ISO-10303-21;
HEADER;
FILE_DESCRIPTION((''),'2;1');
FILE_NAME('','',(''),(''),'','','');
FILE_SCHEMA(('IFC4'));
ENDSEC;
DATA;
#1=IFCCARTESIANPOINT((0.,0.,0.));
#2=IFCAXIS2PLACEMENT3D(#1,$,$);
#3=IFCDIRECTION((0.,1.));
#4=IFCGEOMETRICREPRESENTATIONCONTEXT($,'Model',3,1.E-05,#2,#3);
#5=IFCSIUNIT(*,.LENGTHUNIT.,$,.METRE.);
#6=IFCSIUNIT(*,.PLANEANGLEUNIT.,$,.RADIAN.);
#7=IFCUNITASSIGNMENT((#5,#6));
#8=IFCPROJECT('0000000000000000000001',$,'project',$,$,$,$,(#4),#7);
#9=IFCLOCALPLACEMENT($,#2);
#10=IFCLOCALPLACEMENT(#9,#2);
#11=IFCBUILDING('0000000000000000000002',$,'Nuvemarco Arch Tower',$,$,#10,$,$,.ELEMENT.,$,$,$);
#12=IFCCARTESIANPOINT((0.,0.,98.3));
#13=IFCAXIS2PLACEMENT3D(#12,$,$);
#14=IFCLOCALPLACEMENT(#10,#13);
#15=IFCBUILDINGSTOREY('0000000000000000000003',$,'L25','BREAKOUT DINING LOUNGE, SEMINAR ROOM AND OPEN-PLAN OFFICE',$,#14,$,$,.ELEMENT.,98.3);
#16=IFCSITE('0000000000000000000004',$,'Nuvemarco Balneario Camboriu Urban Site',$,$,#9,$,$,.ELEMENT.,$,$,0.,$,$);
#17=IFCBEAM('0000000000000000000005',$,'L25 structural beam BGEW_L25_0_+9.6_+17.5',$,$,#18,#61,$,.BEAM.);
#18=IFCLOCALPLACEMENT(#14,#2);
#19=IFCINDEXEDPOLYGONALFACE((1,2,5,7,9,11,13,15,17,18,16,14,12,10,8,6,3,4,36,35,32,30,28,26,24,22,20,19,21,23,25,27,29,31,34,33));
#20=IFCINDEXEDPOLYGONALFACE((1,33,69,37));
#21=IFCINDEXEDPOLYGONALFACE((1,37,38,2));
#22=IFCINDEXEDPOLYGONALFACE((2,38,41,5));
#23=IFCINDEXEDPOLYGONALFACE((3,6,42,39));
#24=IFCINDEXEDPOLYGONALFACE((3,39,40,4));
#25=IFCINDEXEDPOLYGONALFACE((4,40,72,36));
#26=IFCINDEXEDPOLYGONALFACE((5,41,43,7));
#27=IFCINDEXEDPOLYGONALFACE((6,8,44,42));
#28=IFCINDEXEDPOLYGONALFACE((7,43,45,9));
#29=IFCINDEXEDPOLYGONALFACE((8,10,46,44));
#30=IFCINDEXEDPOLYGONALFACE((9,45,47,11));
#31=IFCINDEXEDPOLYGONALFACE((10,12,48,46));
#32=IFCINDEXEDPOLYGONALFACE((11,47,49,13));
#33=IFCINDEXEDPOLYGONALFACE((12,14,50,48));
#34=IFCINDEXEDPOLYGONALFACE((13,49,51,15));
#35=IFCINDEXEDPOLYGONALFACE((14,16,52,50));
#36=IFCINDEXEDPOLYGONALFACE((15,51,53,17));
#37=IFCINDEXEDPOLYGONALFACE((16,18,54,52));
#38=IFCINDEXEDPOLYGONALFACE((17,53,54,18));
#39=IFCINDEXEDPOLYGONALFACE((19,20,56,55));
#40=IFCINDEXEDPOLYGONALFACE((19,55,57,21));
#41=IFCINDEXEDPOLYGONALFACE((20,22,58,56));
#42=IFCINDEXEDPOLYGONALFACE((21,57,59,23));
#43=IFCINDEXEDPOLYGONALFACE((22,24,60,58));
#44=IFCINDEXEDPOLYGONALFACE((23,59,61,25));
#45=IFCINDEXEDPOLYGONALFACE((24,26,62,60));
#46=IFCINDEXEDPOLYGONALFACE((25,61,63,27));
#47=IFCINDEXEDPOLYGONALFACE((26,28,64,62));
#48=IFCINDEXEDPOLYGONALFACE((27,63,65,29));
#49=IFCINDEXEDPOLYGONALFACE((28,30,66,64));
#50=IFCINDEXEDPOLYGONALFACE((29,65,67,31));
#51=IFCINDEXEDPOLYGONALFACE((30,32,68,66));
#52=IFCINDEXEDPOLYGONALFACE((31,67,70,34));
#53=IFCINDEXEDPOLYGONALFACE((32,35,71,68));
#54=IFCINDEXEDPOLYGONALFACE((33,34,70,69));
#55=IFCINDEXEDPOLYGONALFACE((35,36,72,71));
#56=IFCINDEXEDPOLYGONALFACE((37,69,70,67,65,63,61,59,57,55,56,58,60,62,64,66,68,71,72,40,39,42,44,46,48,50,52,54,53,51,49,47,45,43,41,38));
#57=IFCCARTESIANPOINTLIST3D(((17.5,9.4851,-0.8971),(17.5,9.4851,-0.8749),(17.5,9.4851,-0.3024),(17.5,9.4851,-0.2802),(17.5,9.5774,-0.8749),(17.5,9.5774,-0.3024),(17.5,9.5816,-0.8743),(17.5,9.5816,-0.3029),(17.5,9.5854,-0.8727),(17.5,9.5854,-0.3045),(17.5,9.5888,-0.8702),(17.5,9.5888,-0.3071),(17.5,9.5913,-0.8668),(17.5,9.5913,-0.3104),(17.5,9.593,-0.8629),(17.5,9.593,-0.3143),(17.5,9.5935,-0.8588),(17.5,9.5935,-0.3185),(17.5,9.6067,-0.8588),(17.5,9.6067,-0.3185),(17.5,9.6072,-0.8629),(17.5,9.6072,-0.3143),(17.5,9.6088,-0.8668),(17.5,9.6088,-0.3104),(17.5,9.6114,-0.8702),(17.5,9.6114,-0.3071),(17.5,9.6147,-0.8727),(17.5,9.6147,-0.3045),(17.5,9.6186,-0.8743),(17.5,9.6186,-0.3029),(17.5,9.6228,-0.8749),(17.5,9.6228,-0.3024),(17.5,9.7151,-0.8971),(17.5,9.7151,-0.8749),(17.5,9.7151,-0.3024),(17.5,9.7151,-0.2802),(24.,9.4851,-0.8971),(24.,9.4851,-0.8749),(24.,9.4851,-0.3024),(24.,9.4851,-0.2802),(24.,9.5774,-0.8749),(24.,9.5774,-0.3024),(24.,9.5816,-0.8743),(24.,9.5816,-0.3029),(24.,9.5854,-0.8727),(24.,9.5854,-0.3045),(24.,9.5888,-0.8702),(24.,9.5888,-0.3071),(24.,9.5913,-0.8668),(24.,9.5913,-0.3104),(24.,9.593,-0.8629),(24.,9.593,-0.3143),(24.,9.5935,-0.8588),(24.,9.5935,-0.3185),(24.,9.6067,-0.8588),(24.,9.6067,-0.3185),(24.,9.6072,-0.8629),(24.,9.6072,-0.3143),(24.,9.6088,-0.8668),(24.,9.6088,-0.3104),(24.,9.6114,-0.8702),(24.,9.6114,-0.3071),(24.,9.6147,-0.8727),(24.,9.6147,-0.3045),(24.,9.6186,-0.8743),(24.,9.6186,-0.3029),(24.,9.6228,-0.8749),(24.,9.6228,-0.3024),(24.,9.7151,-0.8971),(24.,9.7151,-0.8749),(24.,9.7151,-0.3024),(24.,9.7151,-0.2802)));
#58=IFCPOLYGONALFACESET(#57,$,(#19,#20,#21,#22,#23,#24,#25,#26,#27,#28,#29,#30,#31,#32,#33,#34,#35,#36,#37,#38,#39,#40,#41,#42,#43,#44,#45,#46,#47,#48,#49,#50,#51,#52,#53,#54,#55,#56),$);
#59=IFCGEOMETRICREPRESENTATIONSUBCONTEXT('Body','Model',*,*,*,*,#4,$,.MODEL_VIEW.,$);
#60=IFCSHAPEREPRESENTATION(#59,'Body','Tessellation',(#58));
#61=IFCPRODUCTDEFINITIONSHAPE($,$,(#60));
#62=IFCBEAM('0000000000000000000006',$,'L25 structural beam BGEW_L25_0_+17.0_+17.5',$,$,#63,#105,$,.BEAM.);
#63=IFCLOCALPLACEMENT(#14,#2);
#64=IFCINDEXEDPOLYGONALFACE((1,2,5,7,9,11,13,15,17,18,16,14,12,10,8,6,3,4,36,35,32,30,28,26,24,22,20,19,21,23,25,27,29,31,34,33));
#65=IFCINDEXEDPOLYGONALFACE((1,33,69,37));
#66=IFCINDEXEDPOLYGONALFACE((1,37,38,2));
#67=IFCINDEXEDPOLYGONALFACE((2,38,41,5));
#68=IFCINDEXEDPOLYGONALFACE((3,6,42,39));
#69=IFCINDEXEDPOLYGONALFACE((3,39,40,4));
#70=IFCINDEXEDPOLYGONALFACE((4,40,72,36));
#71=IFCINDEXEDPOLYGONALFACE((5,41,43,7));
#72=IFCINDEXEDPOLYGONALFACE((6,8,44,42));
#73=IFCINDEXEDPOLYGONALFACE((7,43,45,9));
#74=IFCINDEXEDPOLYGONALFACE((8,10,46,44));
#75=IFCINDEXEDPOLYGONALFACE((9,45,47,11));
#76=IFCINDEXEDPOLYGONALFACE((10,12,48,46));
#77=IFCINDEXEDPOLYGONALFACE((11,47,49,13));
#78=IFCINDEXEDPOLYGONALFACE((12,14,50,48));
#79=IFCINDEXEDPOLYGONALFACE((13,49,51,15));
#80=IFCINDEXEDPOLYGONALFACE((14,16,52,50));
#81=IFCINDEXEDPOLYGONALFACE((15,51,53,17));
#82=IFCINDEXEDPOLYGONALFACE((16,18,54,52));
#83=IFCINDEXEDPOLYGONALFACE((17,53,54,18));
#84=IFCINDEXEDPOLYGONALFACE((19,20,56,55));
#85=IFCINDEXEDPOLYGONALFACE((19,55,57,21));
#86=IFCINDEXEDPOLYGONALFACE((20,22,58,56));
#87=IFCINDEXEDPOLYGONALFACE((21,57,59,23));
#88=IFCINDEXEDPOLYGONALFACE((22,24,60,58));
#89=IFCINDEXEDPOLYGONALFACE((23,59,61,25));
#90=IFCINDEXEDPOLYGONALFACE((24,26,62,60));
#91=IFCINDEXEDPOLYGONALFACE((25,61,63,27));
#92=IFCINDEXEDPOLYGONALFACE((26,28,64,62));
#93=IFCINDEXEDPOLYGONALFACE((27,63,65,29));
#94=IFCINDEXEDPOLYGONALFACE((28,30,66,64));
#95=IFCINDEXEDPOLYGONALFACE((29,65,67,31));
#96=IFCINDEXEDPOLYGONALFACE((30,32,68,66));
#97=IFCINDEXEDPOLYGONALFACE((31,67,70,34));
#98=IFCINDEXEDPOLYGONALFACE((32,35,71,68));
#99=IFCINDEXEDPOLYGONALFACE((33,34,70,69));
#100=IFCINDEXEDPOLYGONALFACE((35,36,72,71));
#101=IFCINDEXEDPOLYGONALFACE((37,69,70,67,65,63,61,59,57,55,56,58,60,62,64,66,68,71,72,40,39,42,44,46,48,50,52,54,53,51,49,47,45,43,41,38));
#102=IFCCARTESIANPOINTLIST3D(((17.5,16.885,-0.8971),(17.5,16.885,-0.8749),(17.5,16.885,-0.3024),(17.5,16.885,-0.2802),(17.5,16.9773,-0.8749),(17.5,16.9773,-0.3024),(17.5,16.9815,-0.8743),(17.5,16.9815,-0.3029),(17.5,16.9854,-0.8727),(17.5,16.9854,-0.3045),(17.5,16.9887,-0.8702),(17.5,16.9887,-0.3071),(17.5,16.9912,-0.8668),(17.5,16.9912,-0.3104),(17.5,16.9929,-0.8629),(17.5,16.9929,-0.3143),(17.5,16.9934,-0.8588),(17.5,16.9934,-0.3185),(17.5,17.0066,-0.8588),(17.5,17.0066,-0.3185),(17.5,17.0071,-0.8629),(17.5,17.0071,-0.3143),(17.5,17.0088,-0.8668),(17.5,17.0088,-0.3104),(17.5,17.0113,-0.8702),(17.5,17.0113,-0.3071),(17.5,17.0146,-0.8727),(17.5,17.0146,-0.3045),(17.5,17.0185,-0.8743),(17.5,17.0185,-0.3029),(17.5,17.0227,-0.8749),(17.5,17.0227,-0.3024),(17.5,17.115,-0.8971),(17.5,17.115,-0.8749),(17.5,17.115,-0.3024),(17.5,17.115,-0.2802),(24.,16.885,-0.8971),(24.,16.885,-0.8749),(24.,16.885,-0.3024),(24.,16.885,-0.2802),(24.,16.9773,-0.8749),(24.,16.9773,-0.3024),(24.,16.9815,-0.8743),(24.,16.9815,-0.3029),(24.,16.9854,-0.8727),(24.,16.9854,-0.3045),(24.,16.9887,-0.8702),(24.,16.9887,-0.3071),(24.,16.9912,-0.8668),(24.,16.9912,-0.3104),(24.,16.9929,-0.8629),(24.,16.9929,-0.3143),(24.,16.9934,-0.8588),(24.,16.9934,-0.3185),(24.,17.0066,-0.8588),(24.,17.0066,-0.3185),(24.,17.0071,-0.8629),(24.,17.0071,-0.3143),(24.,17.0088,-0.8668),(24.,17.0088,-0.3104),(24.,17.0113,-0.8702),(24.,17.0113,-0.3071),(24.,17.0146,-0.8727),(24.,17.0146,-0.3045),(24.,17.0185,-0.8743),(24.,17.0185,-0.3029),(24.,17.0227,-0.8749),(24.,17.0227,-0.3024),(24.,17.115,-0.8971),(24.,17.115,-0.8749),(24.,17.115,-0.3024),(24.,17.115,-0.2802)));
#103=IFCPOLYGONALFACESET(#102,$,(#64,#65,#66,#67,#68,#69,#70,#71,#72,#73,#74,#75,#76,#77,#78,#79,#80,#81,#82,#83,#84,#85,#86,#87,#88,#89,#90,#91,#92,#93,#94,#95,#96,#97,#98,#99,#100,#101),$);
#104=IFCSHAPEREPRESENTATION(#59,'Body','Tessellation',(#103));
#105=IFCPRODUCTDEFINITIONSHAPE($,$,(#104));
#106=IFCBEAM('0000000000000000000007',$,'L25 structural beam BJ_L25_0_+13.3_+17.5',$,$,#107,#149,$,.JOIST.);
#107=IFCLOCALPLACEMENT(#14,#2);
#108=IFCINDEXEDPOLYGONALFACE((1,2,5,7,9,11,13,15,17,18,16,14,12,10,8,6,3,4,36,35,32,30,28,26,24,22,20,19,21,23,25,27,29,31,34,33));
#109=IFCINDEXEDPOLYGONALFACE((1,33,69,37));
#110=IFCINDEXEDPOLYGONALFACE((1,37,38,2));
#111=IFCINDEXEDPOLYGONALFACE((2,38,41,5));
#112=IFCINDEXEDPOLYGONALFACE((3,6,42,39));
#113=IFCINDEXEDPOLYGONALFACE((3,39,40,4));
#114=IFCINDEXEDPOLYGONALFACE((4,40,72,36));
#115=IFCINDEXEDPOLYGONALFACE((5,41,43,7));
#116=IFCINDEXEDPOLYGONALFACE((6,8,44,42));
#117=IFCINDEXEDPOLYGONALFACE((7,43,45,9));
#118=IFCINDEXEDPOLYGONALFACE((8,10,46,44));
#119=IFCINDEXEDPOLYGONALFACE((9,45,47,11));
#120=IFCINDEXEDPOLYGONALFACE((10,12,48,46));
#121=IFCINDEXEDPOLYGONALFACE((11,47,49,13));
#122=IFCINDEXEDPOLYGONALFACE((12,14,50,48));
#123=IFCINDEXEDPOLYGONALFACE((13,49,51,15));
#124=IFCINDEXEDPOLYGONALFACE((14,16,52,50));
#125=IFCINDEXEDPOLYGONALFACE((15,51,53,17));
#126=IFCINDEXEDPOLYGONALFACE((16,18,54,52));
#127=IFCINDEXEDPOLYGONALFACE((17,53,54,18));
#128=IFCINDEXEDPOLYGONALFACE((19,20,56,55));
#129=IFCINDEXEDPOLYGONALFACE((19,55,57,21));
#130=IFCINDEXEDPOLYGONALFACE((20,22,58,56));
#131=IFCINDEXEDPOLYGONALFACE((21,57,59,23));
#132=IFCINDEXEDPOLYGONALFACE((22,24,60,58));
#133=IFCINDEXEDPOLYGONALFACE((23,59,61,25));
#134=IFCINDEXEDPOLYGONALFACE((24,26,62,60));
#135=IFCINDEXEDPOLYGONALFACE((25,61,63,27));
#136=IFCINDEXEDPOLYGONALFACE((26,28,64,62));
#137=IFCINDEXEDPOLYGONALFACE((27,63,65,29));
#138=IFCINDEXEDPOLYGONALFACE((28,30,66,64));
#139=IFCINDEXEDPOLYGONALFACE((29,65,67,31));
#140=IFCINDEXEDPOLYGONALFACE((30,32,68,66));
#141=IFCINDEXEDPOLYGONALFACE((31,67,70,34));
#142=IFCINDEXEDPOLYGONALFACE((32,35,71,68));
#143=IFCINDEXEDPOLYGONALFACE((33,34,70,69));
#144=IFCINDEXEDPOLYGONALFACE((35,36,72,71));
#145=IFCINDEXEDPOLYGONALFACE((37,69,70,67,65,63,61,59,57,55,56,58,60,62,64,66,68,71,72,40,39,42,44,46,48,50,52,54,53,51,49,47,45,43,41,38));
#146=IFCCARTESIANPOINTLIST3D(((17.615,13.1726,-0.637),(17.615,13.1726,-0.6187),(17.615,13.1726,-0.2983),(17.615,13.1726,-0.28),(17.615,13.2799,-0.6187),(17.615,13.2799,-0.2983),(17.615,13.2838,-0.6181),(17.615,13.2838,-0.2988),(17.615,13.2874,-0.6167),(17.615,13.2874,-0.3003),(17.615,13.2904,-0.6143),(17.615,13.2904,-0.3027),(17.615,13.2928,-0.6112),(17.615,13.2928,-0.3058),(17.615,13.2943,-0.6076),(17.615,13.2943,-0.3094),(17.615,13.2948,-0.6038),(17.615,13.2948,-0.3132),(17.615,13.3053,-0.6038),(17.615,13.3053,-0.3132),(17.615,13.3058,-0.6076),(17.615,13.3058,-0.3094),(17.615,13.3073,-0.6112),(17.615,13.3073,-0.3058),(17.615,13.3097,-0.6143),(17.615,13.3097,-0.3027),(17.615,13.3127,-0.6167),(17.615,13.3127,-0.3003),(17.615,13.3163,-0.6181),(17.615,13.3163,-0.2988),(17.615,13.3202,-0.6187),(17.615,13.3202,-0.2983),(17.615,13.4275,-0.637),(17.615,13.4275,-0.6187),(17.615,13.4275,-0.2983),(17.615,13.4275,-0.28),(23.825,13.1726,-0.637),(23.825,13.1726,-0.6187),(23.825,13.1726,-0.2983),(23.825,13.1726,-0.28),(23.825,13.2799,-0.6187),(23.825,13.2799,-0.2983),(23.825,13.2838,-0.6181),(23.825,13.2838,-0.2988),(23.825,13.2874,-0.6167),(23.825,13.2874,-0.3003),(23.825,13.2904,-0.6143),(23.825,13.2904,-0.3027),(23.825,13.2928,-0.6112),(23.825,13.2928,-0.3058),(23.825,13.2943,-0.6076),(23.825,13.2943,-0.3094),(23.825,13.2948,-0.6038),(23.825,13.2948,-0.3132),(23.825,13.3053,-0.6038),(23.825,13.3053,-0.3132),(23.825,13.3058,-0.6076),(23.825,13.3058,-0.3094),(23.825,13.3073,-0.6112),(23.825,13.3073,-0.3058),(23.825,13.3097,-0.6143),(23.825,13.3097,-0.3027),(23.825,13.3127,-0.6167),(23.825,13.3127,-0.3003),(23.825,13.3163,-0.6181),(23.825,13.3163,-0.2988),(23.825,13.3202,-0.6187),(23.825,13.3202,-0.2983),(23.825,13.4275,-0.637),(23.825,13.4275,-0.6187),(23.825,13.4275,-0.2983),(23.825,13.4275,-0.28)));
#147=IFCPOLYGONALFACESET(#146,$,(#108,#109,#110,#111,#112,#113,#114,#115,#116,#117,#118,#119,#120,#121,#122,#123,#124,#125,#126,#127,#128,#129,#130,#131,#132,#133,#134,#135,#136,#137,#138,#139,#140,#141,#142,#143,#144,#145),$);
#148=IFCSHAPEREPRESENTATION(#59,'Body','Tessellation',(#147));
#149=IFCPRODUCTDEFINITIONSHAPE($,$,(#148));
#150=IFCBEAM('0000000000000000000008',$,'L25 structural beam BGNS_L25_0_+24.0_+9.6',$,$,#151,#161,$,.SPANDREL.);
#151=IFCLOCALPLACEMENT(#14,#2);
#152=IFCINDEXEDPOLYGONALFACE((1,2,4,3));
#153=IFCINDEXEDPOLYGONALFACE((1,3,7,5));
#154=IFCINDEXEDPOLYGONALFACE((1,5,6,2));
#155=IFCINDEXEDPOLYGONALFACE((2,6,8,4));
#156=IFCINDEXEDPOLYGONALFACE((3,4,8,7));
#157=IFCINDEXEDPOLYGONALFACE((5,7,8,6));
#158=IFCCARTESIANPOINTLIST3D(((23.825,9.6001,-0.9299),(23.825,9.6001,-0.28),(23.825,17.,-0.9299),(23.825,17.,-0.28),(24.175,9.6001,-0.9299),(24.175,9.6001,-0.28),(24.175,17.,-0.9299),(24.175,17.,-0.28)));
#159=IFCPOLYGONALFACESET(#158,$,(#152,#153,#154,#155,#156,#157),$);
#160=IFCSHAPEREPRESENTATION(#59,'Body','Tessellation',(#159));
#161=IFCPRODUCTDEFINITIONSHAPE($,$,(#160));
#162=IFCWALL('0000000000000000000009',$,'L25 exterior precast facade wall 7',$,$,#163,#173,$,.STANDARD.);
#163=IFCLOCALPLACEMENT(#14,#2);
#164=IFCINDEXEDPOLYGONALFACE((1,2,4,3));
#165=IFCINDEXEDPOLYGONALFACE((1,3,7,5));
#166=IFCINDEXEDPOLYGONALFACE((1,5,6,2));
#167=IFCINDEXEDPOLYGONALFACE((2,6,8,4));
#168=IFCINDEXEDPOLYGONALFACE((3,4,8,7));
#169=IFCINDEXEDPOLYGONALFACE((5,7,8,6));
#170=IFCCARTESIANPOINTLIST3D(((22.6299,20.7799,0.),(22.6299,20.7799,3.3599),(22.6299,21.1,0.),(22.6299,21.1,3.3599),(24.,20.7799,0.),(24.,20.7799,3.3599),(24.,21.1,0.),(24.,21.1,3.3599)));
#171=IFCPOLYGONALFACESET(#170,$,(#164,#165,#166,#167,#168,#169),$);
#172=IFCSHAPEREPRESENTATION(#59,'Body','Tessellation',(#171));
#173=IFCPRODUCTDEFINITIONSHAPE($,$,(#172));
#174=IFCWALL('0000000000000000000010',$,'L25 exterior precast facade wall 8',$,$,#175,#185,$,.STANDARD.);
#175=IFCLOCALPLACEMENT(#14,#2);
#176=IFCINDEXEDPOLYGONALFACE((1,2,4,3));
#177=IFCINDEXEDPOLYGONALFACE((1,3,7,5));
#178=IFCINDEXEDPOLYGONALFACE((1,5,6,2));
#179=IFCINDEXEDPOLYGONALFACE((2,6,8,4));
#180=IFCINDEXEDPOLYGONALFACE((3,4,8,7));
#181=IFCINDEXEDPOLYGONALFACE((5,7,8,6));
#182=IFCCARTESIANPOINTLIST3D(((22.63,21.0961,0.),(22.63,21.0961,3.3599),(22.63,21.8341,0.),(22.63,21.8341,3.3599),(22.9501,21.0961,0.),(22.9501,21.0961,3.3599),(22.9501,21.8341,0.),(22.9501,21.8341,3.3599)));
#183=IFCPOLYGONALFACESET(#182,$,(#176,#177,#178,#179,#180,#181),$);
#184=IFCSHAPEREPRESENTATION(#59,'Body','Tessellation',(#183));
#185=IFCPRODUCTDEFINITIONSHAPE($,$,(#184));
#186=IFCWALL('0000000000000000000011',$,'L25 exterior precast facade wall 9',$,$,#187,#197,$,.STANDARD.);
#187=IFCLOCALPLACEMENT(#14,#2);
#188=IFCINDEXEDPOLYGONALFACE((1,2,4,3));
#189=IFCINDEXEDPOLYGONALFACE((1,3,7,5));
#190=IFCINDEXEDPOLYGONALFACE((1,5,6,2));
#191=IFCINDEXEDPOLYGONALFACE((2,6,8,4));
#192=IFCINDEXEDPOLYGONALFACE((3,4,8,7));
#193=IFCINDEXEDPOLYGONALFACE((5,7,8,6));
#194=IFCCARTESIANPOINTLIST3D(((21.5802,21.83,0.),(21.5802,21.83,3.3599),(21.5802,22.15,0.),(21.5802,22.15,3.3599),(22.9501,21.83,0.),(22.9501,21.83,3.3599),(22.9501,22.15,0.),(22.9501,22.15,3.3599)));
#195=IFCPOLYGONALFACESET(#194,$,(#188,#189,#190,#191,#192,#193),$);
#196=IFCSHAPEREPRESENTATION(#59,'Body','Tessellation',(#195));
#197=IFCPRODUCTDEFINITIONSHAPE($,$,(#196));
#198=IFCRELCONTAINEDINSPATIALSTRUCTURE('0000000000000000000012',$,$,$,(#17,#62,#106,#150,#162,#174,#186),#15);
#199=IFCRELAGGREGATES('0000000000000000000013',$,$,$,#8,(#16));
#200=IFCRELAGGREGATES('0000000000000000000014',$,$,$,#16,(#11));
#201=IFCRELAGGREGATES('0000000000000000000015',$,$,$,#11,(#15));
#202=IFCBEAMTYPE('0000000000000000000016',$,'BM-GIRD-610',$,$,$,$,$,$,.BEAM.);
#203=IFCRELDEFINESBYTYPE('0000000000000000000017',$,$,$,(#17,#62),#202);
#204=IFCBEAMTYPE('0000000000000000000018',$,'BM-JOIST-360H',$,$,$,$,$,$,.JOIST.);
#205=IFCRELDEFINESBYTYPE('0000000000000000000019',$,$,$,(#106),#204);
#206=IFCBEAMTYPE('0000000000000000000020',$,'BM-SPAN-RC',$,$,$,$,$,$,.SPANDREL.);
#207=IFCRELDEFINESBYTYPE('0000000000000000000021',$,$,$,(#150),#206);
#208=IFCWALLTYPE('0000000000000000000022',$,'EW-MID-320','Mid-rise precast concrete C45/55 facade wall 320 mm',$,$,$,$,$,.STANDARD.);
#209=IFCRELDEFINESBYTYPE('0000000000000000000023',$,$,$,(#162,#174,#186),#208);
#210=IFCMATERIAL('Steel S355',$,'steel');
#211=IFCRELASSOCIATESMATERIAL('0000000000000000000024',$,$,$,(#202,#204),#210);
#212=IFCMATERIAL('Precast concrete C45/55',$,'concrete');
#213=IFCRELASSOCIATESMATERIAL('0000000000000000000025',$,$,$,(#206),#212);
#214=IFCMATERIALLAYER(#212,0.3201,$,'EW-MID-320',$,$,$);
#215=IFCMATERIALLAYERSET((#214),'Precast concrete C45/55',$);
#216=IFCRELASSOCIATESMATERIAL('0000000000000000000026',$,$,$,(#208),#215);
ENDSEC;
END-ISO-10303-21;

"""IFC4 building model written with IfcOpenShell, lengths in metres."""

from ifc_helpers import new_model, si_unit, direction, frame, frame_2d, origin, origin_2d, place, context, subcontext, project, spatial, rectangle, i_section, extrude, material, layer, layer_set, material_profile, profile_set, type_object, element, save


model = new_model("IFC4")

# Units and contexts
model_context = context("Model", 3, precision=1e-05, world=origin(), true_north=direction((0.0, 1.0)))
body_context = subcontext(model_context, "Body", "Model", "MODEL_VIEW")
ifc_project = project(units=[si_unit("LENGTHUNIT", "METRE"), si_unit("PLANEANGLEUNIT", "RADIAN")], contexts=[model_context])

# Site, building, storey
site_placement = place(None, origin())
site = spatial("IfcSite", under=ifc_project, at=site_placement, Name="Nuvemarco Balneario Camboriu Urban Site", CompositionType="ELEMENT", RefElevation=0.0)
building_placement = place(site_placement, origin())
building = spatial("IfcBuilding", under=site, at=building_placement, Name="Nuvemarco Arch Tower", CompositionType="ELEMENT")
storey_placement = place(building_placement, frame((0.0, 0.0, 98.3)))
storey = spatial("IfcBuildingStorey", under=building, at=storey_placement, Name="L25", Description="BREAKOUT DINING LOUNGE, SEMINAR ROOM AND OPEN-PLAN OFFICE", CompositionType="ELEMENT", Elevation=98.3)

# Shared definitions
ifc_material_1 = material(Name="Steel S355", Category="steel")

# Beams
ifc_material_profile_1 = material_profile(ifc_material_1, i_section(OverallWidth=0.23, OverallDepth=0.6169, WebThickness=0.0132, FlangeThickness=0.0222, FilletRadius=0.0161, at=origin_2d()), Name="W610x140")
ifc_profile_set_1 = profile_set([ifc_material_profile_1], Name="Steel S355")
beam_type_1 = type_object("IfcBeamType", Name="BM-GIRD-610", PredefinedType="BEAM", material=ifc_profile_set_1)
for number, where, z_axis, x_axis, name in (
    (1, (17.5, 9.6001, -0.5886), (1.0, 0.0, 0.0), (0.0, 1.0, 0.0), "L25 structural beam BGEW_L25_0_+9.6_+17.5"),
    (2, (17.5, 17.0, -0.5886), (1.0, 0.0, 0.0), (0.0, 1.0, 0.0), "L25 structural beam BGEW_L25_0_+17.0_+17.5"),
):
    element("IfcBeam", number, at=place(storey_placement, frame(where, z_axis=z_axis, x_axis=x_axis)), inside=storey, type_object=beam_type_1, Name=name, PredefinedType="BEAM", context=body_context, shape_type="SweptSolid", body=[
        extrude(i_section(OverallWidth=0.23, OverallDepth=0.6169, WebThickness=0.0132, FlangeThickness=0.0222, FilletRadius=0.0161, at=origin_2d()), origin(), (0.0, 0.0, 1.0), 6.5),
    ])
ifc_material_profile_2 = material_profile(ifc_material_1, i_section(OverallWidth=0.2549, OverallDepth=0.3569, WebThickness=0.0105, FlangeThickness=0.0183, FilletRadius=0.0149, at=origin_2d()), Name="W360x101")
ifc_profile_set_2 = profile_set([ifc_material_profile_2], Name="Steel S355")
beam_type_2 = type_object("IfcBeamType", Name="BM-JOIST-360H", PredefinedType="JOIST", material=ifc_profile_set_2)
beam_1_placement = place(storey_placement, frame((17.615, 13.3, -0.4585), z_axis=(1.0, 0.0, 0.0), x_axis=(0.0, 1.0, 0.0)))
element("IfcBeam", 3, at=beam_1_placement, inside=storey, type_object=beam_type_2, Name="L25 structural beam BJ_L25_0_+13.3_+17.5", PredefinedType="JOIST", context=body_context, shape_type="SweptSolid", body=[
    extrude(i_section(OverallWidth=0.2549, OverallDepth=0.3569, WebThickness=0.0105, FlangeThickness=0.0183, FilletRadius=0.0149, at=origin_2d()), origin(), (0.0, 0.0, 1.0), 6.21),
])
ifc_material_2 = material(Name="Precast concrete C45/55", Category="concrete")
ifc_material_profile_3 = material_profile(ifc_material_2, rectangle(XDim=0.3501, YDim=0.6499, at=origin_2d()), Name="PC-SP-350x650")
ifc_profile_set_3 = profile_set([ifc_material_profile_3], Name="Precast concrete C45/55")
beam_type_3 = type_object("IfcBeamType", Name="BM-SPAN-RC", PredefinedType="SPANDREL", material=ifc_profile_set_3)
beam_2_placement = place(storey_placement, frame((24.0, 9.6001, -0.605), z_axis=(0.0, 1.0, 0.0), x_axis=(-1.0, 0.0, 0.0)))
element("IfcBeam", 4, at=beam_2_placement, inside=storey, type_object=beam_type_3, Name="L25 structural beam BGNS_L25_0_+24.0_+9.6", PredefinedType="SPANDREL", context=body_context, shape_type="SweptSolid", body=[
    extrude(rectangle(XDim=0.3501, YDim=0.6499, at=origin_2d()), origin(), (0.0, 0.0, 1.0), 7.3999),
])

# Walls
ifc_layer_1 = layer(ifc_material_2, 0.3201, Name="EW-MID-320")
ifc_layer_set_1 = layer_set([ifc_layer_1], Name="Precast concrete C45/55")
wall_type_1 = type_object("IfcWallType", Name="EW-MID-320", Description="Mid-rise precast concrete C45/55 facade wall 320 mm", PredefinedType="STANDARD", material=ifc_layer_set_1)
wall_1_placement = place(storey_placement, frame((22.6299, 20.9399, 0.0), z_axis=(0.0, 0.0, 1.0), x_axis=(1.0, 0.0, 0.0)))
element("IfcWall", 5, at=wall_1_placement, inside=storey, type_object=wall_type_1, Name="L25 exterior precast facade wall 7", PredefinedType="STANDARD", context=body_context, shape_type="SweptSolid", body=[
    extrude(rectangle(XDim=1.3701, YDim=0.3201, at=frame_2d((0.6851, 0.0))), origin(), (0.0, 0.0, 1.0), 3.3599),
])
wall_2_placement = place(storey_placement, frame((22.79, 21.0959, 0.0), z_axis=(0.0, 0.0, 1.0), x_axis=(0.0, 1.0, 0.0)))
element("IfcWall", 6, at=wall_2_placement, inside=storey, type_object=wall_type_1, Name="L25 exterior precast facade wall 8", PredefinedType="STANDARD", context=body_context, shape_type="SweptSolid", body=[
    extrude(rectangle(XDim=0.738, YDim=0.3201, at=frame_2d((0.3691, 0.0))), origin(), (0.0, 0.0, 1.0), 3.3599),
])
wall_3_placement = place(storey_placement, frame((21.5801, 21.99, 0.0), z_axis=(0.0, 0.0, 1.0), x_axis=(1.0, 0.0, 0.0)))
element("IfcWall", 7, at=wall_3_placement, inside=storey, type_object=wall_type_1, Name="L25 exterior precast facade wall 9", PredefinedType="STANDARD", context=body_context, shape_type="SweptSolid", body=[
    extrude(rectangle(XDim=1.3699, YDim=0.3201, at=frame_2d((0.6851, 0.0))), origin(), (0.0, 0.0, 1.0), 3.3599),
])

save(model, "model.ifc")
